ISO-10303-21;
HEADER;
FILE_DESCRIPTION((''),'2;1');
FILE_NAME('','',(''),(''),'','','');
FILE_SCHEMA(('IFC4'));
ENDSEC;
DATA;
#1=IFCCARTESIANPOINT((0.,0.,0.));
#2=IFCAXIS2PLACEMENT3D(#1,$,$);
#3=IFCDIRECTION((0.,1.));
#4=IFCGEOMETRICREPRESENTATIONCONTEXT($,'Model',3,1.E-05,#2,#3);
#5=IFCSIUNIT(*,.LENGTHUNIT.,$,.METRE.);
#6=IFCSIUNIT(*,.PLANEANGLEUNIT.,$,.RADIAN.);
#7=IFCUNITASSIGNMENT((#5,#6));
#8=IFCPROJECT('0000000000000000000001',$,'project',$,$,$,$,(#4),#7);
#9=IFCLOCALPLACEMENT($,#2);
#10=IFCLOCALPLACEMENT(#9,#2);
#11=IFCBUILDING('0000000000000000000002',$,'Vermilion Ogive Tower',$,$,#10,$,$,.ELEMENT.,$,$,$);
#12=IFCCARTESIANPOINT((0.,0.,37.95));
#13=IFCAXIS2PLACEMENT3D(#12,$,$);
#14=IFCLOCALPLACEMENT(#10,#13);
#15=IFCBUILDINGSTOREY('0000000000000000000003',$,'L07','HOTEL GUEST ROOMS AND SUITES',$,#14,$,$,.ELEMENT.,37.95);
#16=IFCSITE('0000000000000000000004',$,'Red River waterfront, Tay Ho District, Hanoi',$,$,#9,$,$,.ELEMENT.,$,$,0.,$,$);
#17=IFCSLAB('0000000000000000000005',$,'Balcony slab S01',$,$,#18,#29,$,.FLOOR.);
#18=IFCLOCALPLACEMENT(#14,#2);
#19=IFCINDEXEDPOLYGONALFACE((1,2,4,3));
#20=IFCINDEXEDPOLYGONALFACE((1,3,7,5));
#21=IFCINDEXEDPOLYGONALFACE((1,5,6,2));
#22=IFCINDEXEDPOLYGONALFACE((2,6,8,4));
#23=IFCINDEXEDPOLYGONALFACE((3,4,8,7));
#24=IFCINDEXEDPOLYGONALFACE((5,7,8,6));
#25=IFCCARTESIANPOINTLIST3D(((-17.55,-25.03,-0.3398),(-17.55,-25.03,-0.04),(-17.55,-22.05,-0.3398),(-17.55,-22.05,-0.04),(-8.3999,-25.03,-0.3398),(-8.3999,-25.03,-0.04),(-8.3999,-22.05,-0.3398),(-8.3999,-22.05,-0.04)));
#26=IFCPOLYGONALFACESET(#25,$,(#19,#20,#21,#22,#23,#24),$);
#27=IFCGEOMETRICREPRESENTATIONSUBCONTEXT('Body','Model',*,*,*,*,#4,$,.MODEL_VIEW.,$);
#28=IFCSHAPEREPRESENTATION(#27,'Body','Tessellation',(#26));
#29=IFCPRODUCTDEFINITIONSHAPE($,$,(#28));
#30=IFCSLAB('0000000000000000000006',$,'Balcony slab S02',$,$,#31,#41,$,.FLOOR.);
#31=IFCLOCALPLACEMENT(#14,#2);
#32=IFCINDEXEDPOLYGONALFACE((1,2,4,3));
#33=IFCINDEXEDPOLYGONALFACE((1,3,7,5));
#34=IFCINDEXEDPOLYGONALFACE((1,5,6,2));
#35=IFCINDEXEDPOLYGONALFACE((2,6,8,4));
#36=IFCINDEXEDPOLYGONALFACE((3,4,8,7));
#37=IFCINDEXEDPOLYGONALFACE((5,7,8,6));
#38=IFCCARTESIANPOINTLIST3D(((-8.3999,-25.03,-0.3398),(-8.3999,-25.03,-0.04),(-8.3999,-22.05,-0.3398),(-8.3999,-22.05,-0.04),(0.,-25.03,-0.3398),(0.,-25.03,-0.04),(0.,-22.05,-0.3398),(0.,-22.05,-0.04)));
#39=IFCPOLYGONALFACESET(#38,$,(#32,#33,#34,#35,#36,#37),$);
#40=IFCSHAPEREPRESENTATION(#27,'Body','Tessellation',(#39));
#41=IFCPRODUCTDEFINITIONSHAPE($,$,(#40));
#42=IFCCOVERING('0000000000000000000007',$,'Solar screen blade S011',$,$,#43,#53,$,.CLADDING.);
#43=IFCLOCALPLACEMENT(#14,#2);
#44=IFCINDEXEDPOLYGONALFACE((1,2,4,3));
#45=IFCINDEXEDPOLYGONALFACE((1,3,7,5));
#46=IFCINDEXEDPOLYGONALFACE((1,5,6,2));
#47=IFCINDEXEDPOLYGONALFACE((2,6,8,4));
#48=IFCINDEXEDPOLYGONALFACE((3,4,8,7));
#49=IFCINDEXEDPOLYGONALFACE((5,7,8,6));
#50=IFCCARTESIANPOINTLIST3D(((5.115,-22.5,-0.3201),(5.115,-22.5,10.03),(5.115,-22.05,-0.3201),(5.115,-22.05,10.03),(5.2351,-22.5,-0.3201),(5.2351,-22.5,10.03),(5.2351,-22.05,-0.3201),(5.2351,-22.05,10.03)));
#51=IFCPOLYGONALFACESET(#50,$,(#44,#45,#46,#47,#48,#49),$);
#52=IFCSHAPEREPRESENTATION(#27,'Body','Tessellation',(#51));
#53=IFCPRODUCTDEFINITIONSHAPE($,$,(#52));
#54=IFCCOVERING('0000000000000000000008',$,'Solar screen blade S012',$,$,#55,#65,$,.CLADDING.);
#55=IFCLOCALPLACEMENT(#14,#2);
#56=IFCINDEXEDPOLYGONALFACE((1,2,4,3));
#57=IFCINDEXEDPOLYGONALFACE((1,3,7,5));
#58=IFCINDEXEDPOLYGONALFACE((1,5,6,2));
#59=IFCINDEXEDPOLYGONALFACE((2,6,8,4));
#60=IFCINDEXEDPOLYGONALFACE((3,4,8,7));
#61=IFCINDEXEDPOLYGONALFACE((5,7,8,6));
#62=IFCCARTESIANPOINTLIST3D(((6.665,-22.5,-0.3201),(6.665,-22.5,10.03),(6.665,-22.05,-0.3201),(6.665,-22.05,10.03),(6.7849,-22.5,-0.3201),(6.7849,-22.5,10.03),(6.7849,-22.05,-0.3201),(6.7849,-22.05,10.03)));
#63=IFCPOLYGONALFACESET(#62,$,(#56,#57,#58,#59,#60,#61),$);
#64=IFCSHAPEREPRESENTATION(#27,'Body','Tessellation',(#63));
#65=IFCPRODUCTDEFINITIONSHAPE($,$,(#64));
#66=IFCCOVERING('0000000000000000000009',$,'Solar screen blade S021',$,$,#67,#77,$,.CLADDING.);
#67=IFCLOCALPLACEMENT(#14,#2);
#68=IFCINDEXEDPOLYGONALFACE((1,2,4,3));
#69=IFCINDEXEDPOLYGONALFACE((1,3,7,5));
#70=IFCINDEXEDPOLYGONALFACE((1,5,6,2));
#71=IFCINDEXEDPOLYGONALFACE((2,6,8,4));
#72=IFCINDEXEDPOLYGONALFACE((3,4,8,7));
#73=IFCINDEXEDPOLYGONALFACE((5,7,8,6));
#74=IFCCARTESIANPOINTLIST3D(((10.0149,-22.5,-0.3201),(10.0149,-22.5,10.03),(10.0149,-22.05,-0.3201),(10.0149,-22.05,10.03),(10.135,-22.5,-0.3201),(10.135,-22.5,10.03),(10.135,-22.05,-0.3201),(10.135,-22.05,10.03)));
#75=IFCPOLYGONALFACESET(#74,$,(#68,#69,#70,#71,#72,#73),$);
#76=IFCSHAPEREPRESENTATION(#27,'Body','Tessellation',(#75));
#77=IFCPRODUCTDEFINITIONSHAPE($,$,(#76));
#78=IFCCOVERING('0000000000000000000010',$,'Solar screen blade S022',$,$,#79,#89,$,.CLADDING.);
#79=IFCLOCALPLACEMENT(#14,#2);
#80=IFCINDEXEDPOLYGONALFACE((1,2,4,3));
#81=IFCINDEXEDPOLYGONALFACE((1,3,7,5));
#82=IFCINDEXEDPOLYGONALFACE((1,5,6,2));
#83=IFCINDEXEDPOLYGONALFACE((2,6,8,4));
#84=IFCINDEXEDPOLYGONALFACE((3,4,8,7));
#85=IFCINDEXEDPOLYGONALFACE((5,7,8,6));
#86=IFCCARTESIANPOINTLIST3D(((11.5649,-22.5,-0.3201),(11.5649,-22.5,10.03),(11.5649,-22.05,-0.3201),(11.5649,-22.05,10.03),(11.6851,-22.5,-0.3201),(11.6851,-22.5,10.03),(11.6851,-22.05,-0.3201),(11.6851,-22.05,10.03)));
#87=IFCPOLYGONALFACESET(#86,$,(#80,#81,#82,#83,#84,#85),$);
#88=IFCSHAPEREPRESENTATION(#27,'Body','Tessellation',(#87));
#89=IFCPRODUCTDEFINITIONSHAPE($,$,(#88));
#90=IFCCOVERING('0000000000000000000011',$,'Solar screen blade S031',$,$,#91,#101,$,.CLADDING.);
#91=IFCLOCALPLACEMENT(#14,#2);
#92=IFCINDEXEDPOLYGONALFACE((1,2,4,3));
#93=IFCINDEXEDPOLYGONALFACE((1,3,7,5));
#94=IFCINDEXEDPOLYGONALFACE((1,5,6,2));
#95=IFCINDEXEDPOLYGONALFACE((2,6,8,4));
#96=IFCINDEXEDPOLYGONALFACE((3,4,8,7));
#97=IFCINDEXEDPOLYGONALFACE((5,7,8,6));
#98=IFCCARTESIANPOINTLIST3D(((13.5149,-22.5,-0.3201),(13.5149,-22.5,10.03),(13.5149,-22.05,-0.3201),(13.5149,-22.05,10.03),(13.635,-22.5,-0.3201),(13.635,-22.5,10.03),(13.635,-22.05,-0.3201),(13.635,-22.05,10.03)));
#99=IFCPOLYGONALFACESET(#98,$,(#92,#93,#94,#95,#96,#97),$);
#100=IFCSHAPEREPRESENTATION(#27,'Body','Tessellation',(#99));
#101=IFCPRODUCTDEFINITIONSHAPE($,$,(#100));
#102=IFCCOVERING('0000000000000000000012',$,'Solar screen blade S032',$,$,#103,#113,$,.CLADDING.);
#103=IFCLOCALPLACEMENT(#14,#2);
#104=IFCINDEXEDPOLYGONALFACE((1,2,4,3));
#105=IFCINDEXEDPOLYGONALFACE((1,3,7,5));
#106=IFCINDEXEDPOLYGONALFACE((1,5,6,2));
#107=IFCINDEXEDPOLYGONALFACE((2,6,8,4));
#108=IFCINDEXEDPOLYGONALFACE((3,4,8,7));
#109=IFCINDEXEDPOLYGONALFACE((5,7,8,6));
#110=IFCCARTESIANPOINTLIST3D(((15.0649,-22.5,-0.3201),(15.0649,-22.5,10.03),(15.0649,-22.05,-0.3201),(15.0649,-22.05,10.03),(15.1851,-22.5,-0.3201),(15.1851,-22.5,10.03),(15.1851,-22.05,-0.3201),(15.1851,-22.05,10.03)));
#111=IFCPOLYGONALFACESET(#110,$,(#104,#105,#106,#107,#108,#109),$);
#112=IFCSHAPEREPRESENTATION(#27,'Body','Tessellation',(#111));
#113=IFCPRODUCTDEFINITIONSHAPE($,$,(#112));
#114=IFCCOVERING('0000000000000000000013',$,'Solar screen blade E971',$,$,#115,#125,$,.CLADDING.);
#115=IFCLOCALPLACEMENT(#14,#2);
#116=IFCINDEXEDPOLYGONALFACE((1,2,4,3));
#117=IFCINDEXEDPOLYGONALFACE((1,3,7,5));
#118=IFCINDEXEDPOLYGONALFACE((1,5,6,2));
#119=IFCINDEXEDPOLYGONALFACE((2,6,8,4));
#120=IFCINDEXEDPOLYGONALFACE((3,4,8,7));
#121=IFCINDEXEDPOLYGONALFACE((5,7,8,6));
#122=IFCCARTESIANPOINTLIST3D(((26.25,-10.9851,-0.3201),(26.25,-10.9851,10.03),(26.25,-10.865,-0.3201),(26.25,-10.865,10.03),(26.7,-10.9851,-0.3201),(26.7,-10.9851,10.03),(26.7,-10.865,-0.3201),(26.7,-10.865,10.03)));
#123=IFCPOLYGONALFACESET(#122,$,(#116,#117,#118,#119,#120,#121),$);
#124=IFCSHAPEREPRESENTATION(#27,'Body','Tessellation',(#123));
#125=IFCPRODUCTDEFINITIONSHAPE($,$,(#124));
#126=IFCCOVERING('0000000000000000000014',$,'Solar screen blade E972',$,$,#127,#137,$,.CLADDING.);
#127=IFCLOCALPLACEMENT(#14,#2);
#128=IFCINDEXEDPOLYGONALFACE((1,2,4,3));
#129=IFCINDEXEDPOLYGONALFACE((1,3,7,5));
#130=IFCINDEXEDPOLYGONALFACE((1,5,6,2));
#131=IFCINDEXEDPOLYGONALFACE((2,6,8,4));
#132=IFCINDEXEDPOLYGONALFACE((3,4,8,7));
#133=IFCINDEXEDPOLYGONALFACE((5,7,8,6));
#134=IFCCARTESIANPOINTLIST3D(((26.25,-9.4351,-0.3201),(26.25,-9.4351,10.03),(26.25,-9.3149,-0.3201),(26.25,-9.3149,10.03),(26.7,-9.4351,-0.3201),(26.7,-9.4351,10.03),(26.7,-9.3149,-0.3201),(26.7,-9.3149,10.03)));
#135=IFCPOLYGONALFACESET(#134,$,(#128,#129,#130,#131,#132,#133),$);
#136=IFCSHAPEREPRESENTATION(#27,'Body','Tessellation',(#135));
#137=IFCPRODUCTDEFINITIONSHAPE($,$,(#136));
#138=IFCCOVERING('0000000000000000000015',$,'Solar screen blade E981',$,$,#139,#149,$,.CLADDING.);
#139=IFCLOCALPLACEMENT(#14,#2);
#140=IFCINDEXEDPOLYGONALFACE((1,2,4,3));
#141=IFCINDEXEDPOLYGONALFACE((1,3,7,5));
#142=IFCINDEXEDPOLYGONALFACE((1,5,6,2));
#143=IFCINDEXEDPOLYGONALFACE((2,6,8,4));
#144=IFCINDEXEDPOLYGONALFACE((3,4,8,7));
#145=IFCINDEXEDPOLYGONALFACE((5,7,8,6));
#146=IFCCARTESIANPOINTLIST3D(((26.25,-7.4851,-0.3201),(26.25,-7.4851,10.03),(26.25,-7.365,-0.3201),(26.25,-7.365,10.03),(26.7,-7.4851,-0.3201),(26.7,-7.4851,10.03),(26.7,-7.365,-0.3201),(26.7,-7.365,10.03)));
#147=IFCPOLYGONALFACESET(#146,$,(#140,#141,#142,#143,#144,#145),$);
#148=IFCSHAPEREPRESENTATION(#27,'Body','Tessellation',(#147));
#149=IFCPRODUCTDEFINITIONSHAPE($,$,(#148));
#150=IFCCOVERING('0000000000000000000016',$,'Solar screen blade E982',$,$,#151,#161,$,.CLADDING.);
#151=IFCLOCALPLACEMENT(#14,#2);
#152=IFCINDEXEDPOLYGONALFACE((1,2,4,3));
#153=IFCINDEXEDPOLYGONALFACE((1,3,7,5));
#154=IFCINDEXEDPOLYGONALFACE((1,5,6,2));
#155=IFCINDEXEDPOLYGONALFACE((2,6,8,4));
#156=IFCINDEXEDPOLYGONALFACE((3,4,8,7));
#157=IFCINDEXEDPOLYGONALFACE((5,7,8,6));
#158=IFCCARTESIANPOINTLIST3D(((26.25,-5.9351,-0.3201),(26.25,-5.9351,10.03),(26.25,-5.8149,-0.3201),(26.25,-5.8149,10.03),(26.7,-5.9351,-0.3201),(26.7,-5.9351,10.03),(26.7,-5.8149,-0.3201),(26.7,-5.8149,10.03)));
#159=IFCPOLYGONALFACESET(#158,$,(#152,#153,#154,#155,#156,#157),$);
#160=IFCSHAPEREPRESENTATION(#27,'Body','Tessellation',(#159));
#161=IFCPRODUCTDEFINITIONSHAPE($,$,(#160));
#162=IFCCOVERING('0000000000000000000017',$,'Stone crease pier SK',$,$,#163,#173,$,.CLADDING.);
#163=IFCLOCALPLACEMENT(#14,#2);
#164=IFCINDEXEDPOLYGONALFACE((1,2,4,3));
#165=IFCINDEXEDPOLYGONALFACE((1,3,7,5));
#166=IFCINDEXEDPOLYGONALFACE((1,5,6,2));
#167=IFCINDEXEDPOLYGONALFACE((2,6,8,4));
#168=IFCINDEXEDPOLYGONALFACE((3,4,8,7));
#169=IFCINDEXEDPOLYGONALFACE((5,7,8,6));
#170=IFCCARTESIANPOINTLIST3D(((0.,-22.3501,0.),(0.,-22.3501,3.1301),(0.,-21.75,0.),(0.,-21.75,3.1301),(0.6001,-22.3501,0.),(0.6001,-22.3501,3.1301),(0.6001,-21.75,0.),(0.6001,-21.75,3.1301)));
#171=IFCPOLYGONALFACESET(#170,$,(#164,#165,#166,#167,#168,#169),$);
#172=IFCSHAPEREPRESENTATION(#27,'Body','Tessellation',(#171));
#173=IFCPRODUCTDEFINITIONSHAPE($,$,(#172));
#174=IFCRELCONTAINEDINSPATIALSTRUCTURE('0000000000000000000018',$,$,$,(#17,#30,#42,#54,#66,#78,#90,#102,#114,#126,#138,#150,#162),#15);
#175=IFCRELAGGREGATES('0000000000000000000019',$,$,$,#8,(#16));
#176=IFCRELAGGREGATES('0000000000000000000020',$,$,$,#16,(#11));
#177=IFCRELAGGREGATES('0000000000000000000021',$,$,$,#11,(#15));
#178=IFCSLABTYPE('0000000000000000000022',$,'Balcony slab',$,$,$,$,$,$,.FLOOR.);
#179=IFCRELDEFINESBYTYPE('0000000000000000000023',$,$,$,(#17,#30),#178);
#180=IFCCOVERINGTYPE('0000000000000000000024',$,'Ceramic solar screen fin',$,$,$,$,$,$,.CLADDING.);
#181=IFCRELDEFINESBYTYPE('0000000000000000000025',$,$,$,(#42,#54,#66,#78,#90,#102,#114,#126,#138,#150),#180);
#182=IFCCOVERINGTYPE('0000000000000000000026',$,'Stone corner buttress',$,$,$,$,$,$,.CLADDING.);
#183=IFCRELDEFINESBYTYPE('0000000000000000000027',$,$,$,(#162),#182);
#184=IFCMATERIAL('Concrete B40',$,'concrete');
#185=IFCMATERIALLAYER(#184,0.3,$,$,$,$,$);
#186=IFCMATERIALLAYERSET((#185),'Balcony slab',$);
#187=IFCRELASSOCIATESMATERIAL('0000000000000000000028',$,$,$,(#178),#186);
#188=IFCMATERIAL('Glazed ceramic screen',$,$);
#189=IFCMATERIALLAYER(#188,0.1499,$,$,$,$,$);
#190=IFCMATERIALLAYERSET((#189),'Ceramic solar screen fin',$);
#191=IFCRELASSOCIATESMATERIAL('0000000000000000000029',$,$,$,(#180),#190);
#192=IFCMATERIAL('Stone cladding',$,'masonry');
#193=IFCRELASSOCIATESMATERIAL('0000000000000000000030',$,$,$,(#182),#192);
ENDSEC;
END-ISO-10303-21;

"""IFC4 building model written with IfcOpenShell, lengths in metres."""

from ifc_helpers import new_model, si_unit, direction, frame, origin, place, context, subcontext, project, spatial, polyline, outline, extrude, material, layer, layer_set, type_object, element, save


model = new_model("IFC4")

# Units and contexts
model_context = context("Model", 3, precision=1e-05, world=origin(), true_north=direction((0.0, 1.0)))
body_context = subcontext(model_context, "Body", "Model", "MODEL_VIEW")
ifc_project = project(units=[si_unit("LENGTHUNIT", "METRE"), si_unit("PLANEANGLEUNIT", "RADIAN")], contexts=[model_context])

# Site, building, storey
site_placement = place(None, origin())
site = spatial("IfcSite", under=ifc_project, at=site_placement, Name="Red River waterfront, Tay Ho District, Hanoi", CompositionType="ELEMENT", RefElevation=0.0)
building_placement = place(site_placement, origin())
building = spatial("IfcBuilding", under=site, at=building_placement, Name="Vermilion Ogive Tower", CompositionType="ELEMENT")
storey_placement = place(building_placement, frame((0.0, 0.0, 37.95)))
storey = spatial("IfcBuildingStorey", under=building, at=storey_placement, Name="L07", Description="HOTEL GUEST ROOMS AND SUITES", CompositionType="ELEMENT", Elevation=37.95)

# Slabs
ifc_material_1 = material(Name="Concrete B40", Category="concrete")
ifc_layer_1 = layer(ifc_material_1, 0.3)
ifc_layer_set_1 = layer_set([ifc_layer_1], Name="Balcony slab")
slab_type = type_object("IfcSlabType", Name="Balcony slab", PredefinedType="FLOOR", material=ifc_layer_set_1)
slab_1_placement = place(storey_placement, frame((0.0, 0.0, -0.3398)))
element("IfcSlab", 1, at=slab_1_placement, inside=storey, type_object=slab_type, Name="Balcony slab S01", PredefinedType="FLOOR", context=body_context, shape_type="SweptSolid", body=[
    extrude(outline(polyline([(-17.55, -25.03), (-8.3999, -25.03), (-8.3999, -22.05), (-17.55, -22.05), (-17.55, -25.03)])), origin(), (0.0, 0.0, 1.0), 0.2998),
])
slab_2_placement = place(storey_placement, frame((0.0, 0.0, -0.3398)))
element("IfcSlab", 2, at=slab_2_placement, inside=storey, type_object=slab_type, Name="Balcony slab S02", PredefinedType="FLOOR", context=body_context, shape_type="SweptSolid", body=[
    extrude(outline(polyline([(-8.3999, -25.03), (0.0, -25.03), (0.0, -22.05), (-8.3999, -22.05), (-8.3999, -25.03)])), origin(), (0.0, 0.0, 1.0), 0.2998),
])

# Coverings
ifc_material_2 = material(Name="Glazed ceramic screen")
ifc_layer_2 = layer(ifc_material_2, 0.1499)
ifc_layer_set_2 = layer_set([ifc_layer_2], Name="Ceramic solar screen fin")
covering_type_1 = type_object("IfcCoveringType", Name="Ceramic solar screen fin", PredefinedType="CLADDING", material=ifc_layer_set_2)
covering_1_placement = place(storey_placement, frame((0.0, 0.0, -0.3201)))
element("IfcCovering", 3, at=covering_1_placement, inside=storey, type_object=covering_type_1, Name="Solar screen blade S011", PredefinedType="CLADDING", context=body_context, shape_type="SweptSolid", body=[
    extrude(outline(polyline([(5.115, -22.5), (5.2351, -22.5), (5.2351, -22.05), (5.115, -22.05), (5.115, -22.5)])), origin(), (0.0, 0.0, 1.0), 10.3501),
])
covering_2_placement = place(storey_placement, frame((0.0, 0.0, -0.3201)))
element("IfcCovering", 4, at=covering_2_placement, inside=storey, type_object=covering_type_1, Name="Solar screen blade S012", PredefinedType="CLADDING", context=body_context, shape_type="SweptSolid", body=[
    extrude(outline(polyline([(6.665, -22.5), (6.7849, -22.5), (6.7849, -22.05), (6.665, -22.05), (6.665, -22.5)])), origin(), (0.0, 0.0, 1.0), 10.3501),
])
covering_3_placement = place(storey_placement, frame((0.0, 0.0, -0.3201)))
element("IfcCovering", 5, at=covering_3_placement, inside=storey, type_object=covering_type_1, Name="Solar screen blade S021", PredefinedType="CLADDING", context=body_context, shape_type="SweptSolid", body=[
    extrude(outline(polyline([(10.0149, -22.5), (10.135, -22.5), (10.135, -22.05), (10.0149, -22.05), (10.0149, -22.5)])), origin(), (0.0, 0.0, 1.0), 10.3501),
])
covering_4_placement = place(storey_placement, frame((0.0, 0.0, -0.3201)))
element("IfcCovering", 6, at=covering_4_placement, inside=storey, type_object=covering_type_1, Name="Solar screen blade S022", PredefinedType="CLADDING", context=body_context, shape_type="SweptSolid", body=[
    extrude(outline(polyline([(11.5649, -22.5), (11.6851, -22.5), (11.6851, -22.05), (11.5649, -22.05), (11.5649, -22.5)])), origin(), (0.0, 0.0, 1.0), 10.3501),
])
covering_5_placement = place(storey_placement, frame((0.0, 0.0, -0.3201)))
element("IfcCovering", 7, at=covering_5_placement, inside=storey, type_object=covering_type_1, Name="Solar screen blade S031", PredefinedType="CLADDING", context=body_context, shape_type="SweptSolid", body=[
    extrude(outline(polyline([(13.5149, -22.5), (13.635, -22.5), (13.635, -22.05), (13.5149, -22.05), (13.5149, -22.5)])), origin(), (0.0, 0.0, 1.0), 10.3501),
])
covering_6_placement = place(storey_placement, frame((0.0, 0.0, -0.3201)))
element("IfcCovering", 8, at=covering_6_placement, inside=storey, type_object=covering_type_1, Name="Solar screen blade S032", PredefinedType="CLADDING", context=body_context, shape_type="SweptSolid", body=[
    extrude(outline(polyline([(15.0649, -22.5), (15.1851, -22.5), (15.1851, -22.05), (15.0649, -22.05), (15.0649, -22.5)])), origin(), (0.0, 0.0, 1.0), 10.3501),
])
covering_7_placement = place(storey_placement, frame((0.0, 0.0, -0.3201)))
element("IfcCovering", 9, at=covering_7_placement, inside=storey, type_object=covering_type_1, Name="Solar screen blade E971", PredefinedType="CLADDING", context=body_context, shape_type="SweptSolid", body=[
    extrude(outline(polyline([(26.7, -10.9851), (26.7, -10.865), (26.25, -10.865), (26.25, -10.9851), (26.7, -10.9851)])), origin(), (0.0, 0.0, 1.0), 10.3501),
])
covering_8_placement = place(storey_placement, frame((0.0, 0.0, -0.3201)))
element("IfcCovering", 10, at=covering_8_placement, inside=storey, type_object=covering_type_1, Name="Solar screen blade E972", PredefinedType="CLADDING", context=body_context, shape_type="SweptSolid", body=[
    extrude(outline(polyline([(26.7, -9.4351), (26.7, -9.3149), (26.25, -9.3149), (26.25, -9.4351), (26.7, -9.4351)])), origin(), (0.0, 0.0, 1.0), 10.3501),
])
covering_9_placement = place(storey_placement, frame((0.0, 0.0, -0.3201)))
element("IfcCovering", 11, at=covering_9_placement, inside=storey, type_object=covering_type_1, Name="Solar screen blade E981", PredefinedType="CLADDING", context=body_context, shape_type="SweptSolid", body=[
    extrude(outline(polyline([(26.7, -7.4851), (26.7, -7.365), (26.25, -7.365), (26.25, -7.4851), (26.7, -7.4851)])), origin(), (0.0, 0.0, 1.0), 10.3501),
])
covering_10_placement = place(storey_placement, frame((0.0, 0.0, -0.3201)))
element("IfcCovering", 12, at=covering_10_placement, inside=storey, type_object=covering_type_1, Name="Solar screen blade E982", PredefinedType="CLADDING", context=body_context, shape_type="SweptSolid", body=[
    extrude(outline(polyline([(26.7, -5.9351), (26.7, -5.8149), (26.25, -5.8149), (26.25, -5.9351), (26.7, -5.9351)])), origin(), (0.0, 0.0, 1.0), 10.3501),
])
ifc_material_3 = material(Name="Stone cladding", Category="masonry")
covering_type_2 = type_object("IfcCoveringType", Name="Stone corner buttress", PredefinedType="CLADDING", material=ifc_material_3)
covering_11_placement = place(storey_placement, origin())
element("IfcCovering", 13, at=covering_11_placement, inside=storey, type_object=covering_type_2, Name="Stone crease pier SK", PredefinedType="CLADDING", context=body_context, shape_type="SweptSolid", body=[
    extrude(outline(polyline([(0.0, -22.3501), (0.6001, -22.3501), (0.6001, -21.75), (0.0, -21.75), (0.0, -22.3501)])), origin(), (0.0, 0.0, 1.0), 3.1301),
])

save(model, "model.ifc")
